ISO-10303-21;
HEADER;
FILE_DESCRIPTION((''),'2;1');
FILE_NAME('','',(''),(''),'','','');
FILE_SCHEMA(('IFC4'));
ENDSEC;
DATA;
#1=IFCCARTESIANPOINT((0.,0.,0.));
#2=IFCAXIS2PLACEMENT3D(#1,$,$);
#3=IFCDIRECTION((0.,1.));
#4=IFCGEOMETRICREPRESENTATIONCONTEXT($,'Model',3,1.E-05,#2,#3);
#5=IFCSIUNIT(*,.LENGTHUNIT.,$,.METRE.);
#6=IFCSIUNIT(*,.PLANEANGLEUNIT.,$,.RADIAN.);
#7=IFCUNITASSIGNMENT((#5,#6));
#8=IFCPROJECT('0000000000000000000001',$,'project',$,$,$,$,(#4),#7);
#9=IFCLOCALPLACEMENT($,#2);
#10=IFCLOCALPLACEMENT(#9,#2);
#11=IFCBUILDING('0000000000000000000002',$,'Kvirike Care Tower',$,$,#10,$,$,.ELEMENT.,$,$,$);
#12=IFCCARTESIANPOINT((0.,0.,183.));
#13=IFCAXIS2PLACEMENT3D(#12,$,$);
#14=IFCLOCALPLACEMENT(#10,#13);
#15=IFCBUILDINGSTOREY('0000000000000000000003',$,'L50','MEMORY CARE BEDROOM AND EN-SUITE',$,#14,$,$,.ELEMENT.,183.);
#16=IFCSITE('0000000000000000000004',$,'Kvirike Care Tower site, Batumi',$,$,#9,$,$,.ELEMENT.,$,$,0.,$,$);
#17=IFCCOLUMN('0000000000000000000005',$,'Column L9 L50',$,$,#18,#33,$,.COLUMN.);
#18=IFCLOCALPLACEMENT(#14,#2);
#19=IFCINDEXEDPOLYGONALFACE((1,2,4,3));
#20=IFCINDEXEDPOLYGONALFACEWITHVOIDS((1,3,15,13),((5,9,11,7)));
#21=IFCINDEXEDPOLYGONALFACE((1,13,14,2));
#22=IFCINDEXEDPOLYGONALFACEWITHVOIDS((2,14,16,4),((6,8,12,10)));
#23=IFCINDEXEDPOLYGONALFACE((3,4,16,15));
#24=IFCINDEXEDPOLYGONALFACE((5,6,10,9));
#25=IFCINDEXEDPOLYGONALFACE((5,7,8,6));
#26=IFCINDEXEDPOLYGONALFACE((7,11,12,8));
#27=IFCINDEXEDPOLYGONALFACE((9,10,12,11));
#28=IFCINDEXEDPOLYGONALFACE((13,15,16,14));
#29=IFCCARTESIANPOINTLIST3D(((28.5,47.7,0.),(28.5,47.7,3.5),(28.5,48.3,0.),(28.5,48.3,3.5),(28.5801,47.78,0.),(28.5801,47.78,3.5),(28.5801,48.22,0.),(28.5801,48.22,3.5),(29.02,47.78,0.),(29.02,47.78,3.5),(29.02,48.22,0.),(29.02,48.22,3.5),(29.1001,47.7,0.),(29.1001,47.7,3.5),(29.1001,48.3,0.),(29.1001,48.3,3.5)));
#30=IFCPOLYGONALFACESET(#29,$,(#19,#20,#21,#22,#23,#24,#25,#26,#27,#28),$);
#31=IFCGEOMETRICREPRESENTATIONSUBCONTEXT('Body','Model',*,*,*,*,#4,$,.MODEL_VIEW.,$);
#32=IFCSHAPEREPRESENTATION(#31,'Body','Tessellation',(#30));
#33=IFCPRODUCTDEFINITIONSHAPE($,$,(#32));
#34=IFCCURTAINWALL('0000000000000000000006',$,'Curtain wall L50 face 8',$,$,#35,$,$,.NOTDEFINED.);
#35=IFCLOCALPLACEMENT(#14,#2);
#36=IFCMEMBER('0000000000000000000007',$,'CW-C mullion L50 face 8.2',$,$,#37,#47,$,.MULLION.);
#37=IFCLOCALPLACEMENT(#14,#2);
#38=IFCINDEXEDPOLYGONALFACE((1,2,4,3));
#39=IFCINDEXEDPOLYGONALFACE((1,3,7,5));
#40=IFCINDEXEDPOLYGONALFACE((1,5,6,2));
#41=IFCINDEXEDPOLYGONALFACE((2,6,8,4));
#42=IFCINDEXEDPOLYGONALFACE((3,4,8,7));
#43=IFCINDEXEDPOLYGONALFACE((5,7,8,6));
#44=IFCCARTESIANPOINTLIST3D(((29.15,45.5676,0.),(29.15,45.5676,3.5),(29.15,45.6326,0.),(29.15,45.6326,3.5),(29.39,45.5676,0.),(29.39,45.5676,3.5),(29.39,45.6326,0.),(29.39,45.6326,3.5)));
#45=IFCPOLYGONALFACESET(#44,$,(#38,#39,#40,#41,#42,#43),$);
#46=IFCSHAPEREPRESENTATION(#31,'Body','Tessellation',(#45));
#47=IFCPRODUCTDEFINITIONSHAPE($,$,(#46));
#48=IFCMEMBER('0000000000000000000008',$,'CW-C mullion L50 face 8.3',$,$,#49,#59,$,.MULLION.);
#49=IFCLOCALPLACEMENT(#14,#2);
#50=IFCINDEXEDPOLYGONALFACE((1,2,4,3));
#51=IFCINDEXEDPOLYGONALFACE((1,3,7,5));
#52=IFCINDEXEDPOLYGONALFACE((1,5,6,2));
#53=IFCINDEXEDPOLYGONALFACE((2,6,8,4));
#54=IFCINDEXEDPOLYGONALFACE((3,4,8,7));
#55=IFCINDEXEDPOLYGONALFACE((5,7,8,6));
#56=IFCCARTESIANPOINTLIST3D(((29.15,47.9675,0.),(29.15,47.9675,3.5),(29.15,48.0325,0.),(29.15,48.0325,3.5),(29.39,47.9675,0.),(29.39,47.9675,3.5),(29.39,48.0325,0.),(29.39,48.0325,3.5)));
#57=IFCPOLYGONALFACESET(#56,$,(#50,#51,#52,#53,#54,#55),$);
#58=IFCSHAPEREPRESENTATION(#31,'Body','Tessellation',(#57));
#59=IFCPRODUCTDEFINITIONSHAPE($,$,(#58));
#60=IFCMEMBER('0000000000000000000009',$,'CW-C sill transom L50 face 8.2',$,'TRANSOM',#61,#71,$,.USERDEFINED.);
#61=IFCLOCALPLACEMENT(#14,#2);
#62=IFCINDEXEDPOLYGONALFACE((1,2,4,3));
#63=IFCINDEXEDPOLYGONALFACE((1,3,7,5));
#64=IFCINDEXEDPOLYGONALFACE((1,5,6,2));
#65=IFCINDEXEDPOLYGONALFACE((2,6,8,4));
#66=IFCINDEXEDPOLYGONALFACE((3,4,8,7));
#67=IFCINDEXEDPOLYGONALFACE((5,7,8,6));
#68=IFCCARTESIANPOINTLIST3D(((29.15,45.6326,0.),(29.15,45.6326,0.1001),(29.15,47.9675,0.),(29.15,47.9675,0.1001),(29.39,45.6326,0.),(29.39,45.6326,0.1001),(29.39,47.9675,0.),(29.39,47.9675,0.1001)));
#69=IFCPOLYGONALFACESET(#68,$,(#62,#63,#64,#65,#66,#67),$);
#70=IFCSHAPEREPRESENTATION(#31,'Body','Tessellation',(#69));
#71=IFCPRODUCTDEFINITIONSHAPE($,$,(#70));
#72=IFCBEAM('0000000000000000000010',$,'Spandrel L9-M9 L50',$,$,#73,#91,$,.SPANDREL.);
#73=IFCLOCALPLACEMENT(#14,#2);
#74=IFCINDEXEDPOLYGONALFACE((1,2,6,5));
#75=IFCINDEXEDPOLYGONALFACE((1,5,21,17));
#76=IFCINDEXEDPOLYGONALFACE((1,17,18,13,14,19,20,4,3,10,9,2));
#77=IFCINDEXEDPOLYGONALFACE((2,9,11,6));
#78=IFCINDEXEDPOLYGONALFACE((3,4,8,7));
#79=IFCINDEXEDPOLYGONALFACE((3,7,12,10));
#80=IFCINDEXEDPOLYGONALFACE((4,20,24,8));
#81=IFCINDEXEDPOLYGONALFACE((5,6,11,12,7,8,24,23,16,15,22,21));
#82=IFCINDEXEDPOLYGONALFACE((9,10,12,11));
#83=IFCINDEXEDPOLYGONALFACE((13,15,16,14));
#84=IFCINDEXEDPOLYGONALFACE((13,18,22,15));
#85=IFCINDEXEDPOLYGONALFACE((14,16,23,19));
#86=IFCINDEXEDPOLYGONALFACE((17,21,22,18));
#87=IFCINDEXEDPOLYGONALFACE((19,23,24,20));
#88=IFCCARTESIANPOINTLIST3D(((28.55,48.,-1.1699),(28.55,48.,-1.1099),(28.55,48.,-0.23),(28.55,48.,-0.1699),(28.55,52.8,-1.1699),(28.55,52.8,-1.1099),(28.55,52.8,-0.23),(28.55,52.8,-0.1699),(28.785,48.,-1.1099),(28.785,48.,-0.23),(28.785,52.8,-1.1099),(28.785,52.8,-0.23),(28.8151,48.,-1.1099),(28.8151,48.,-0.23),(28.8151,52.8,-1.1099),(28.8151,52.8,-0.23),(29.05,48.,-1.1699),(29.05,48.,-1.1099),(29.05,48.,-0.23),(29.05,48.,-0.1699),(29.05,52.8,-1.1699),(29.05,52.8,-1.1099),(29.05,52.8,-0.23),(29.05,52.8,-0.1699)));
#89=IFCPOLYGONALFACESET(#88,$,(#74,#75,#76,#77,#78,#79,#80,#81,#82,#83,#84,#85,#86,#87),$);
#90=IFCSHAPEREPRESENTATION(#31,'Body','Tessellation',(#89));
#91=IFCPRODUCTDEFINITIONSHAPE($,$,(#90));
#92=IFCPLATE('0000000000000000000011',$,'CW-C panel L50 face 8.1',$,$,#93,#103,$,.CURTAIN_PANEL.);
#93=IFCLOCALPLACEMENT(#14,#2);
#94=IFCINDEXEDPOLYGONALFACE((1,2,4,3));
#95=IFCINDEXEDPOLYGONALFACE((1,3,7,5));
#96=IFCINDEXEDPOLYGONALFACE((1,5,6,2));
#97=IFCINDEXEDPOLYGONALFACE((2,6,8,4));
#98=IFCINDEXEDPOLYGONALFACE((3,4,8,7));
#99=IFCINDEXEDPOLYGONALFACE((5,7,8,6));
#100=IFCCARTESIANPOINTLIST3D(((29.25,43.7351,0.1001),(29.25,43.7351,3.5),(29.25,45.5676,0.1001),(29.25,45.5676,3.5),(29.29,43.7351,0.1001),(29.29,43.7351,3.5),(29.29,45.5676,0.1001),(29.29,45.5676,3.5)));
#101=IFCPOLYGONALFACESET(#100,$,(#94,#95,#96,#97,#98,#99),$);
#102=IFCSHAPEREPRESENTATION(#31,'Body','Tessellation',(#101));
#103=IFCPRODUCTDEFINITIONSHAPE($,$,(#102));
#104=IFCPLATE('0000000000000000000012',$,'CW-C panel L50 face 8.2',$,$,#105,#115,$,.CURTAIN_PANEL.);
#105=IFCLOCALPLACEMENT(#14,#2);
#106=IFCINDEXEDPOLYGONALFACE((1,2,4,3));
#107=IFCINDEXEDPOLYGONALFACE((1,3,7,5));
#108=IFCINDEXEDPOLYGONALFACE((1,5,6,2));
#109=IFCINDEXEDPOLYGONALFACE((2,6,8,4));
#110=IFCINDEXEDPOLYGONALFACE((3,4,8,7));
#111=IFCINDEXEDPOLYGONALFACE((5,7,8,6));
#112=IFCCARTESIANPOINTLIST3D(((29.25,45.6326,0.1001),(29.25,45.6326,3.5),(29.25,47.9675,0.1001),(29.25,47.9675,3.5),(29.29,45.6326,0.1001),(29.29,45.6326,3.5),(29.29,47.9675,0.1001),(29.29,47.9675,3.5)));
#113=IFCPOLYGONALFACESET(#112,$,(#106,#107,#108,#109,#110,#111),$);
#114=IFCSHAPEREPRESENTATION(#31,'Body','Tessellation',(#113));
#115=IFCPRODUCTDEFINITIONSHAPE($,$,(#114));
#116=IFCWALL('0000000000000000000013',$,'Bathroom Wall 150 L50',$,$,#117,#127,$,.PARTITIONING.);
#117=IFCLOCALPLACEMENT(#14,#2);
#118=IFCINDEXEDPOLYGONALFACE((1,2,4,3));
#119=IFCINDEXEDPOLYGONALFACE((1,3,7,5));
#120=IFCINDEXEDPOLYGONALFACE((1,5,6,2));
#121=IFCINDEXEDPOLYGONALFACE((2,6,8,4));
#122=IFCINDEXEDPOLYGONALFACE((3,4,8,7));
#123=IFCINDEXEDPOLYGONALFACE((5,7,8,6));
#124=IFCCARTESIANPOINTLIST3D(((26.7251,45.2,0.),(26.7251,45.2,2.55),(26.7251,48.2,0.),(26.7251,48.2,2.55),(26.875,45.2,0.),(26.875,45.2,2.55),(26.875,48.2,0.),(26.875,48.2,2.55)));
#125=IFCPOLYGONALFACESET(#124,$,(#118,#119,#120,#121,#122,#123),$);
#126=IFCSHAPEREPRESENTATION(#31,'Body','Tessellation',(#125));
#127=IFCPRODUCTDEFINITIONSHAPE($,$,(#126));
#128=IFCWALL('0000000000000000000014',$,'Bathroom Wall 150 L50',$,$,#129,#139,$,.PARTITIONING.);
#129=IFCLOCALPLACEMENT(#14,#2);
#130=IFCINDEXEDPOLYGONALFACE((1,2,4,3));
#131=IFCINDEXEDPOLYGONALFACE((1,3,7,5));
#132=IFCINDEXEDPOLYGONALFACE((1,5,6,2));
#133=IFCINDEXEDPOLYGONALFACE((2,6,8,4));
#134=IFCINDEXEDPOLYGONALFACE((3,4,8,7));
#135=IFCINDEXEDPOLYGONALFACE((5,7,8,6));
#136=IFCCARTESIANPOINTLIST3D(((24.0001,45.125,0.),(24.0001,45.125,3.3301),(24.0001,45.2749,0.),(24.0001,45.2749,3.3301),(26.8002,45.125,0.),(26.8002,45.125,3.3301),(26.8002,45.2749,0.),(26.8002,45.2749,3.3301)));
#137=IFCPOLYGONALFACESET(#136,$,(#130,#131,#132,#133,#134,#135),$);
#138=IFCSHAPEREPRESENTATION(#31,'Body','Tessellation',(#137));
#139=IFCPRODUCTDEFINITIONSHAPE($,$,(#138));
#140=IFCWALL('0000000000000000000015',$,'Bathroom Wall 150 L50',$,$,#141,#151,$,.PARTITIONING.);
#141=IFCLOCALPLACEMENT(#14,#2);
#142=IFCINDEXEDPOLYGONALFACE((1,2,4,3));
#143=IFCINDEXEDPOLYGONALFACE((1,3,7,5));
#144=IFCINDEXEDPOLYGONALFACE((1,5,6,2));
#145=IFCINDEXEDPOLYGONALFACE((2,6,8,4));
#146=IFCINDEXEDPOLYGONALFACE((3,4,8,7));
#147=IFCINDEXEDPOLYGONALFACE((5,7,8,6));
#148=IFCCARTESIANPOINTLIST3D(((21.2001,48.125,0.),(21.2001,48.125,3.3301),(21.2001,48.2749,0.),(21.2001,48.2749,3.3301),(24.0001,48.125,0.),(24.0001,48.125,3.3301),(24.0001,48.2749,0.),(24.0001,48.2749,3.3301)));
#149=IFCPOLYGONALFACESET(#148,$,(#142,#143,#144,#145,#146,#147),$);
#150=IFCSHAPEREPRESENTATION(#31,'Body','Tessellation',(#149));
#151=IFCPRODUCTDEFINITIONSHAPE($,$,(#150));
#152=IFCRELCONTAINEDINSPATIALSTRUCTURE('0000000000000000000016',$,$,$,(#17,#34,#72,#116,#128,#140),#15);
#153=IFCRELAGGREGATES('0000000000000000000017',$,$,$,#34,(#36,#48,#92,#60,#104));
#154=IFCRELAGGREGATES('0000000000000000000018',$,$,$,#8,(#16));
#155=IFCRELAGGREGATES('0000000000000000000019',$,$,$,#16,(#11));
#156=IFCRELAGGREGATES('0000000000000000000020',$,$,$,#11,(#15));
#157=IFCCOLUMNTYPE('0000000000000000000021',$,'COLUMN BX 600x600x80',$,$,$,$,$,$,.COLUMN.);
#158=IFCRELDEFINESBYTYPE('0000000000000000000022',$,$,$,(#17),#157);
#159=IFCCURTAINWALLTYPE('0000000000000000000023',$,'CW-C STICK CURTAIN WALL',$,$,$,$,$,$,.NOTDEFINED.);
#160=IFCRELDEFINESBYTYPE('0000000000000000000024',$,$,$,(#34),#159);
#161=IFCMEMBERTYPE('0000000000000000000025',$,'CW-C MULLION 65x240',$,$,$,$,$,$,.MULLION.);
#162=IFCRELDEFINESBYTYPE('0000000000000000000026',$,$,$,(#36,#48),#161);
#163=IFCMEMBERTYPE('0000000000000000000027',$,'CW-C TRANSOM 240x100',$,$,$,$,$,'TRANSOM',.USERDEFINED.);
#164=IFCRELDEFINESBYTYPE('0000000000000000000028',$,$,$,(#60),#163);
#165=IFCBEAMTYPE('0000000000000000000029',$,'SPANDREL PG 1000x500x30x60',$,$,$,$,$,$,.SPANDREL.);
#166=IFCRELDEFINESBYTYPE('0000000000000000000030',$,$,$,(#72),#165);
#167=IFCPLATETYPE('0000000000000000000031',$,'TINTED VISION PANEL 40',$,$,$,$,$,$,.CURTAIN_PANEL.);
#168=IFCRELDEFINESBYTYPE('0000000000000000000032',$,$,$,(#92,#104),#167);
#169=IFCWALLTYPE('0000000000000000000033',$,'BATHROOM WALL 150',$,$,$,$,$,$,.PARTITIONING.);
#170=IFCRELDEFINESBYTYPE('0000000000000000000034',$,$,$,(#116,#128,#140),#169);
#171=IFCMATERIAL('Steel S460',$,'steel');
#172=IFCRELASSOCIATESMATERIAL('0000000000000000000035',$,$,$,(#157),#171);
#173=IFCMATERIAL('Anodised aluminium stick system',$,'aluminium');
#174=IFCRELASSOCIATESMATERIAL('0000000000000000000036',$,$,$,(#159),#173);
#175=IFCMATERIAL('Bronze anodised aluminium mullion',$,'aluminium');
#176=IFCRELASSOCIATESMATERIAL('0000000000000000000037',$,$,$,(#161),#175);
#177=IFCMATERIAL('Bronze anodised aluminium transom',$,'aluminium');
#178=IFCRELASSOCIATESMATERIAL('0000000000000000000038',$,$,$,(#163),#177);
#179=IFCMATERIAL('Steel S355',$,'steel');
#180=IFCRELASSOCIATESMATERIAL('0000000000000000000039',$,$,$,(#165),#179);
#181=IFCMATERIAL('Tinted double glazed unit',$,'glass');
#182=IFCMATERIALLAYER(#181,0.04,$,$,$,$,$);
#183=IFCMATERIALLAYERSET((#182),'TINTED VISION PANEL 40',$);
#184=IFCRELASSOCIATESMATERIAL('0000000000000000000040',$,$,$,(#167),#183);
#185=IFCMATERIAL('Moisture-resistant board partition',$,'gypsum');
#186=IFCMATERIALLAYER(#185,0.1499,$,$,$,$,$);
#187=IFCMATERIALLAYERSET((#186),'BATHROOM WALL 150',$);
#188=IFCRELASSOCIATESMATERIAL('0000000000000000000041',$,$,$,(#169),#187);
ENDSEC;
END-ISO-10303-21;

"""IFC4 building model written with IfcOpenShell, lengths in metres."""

from ifc_helpers import new_model, si_unit, direction, frame, frame_2d, origin, origin_2d, place, context, subcontext, project, spatial, rectangle, hollow_rectangle, i_section, extrude, material, layer, layer_set, material_profile, profile_set, type_object, element, aggregate, save


model = new_model("IFC4")

# Units and contexts
model_context = context("Model", 3, precision=1e-05, world=origin(), true_north=direction((0.0, 1.0)))
body_context = subcontext(model_context, "Body", "Model", "MODEL_VIEW")
ifc_project = project(units=[si_unit("LENGTHUNIT", "METRE"), si_unit("PLANEANGLEUNIT", "RADIAN")], contexts=[model_context])

# Site, building, storey
site_placement = place(None, origin())
site = spatial("IfcSite", under=ifc_project, at=site_placement, Name="Kvirike Care Tower site, Batumi", CompositionType="ELEMENT", RefElevation=0.0)
building_placement = place(site_placement, origin())
building = spatial("IfcBuilding", under=site, at=building_placement, Name="Kvirike Care Tower", CompositionType="ELEMENT")
storey_placement = place(building_placement, frame((0.0, 0.0, 183.0)))
storey = spatial("IfcBuildingStorey", under=building, at=storey_placement, Name="L50", Description="MEMORY CARE BEDROOM AND EN-SUITE", CompositionType="ELEMENT", Elevation=183.0)

# Column
ifc_material_1 = material(Name="Steel S460", Category="steel")
ifc_material_profile_1 = material_profile(ifc_material_1, hollow_rectangle(XDim=0.6001, YDim=0.6001, WallThickness=0.0801, at=origin_2d()), Name="BX 600x600x80")
ifc_profile_set_1 = profile_set([ifc_material_profile_1], Name="Steel S460")
column_type = type_object("IfcColumnType", Name="COLUMN BX 600x600x80", PredefinedType="COLUMN", material=ifc_profile_set_1)
column_placement = place(storey_placement, frame((28.8, 48.0, 0.0), z_axis=(0.0, 0.0, 1.0), x_axis=(1.0, 0.0, 0.0)))
element("IfcColumn", 1, at=column_placement, inside=storey, type_object=column_type, Name="Column L9 L50", PredefinedType="COLUMN", context=body_context, shape_type="SweptSolid", body=[
    extrude(hollow_rectangle(XDim=0.6001, YDim=0.6001, WallThickness=0.0801, at=origin_2d()), origin(), (0.0, 0.0, 1.0), 3.5),
])

# Curtain wall, members
ifc_material_2 = material(Name="Anodised aluminium stick system", Category="aluminium")
curtain_wall_type = type_object("IfcCurtainWallType", Name="CW-C STICK CURTAIN WALL", PredefinedType="NOTDEFINED", material=ifc_material_2)
curtain_wall_placement = place(storey_placement, origin())
curtain_wall = element("IfcCurtainWall", 2, at=curtain_wall_placement, inside=storey, type_object=curtain_wall_type, Name="Curtain wall L50 face 8", PredefinedType="NOTDEFINED")
ifc_material_3 = material(Name="Bronze anodised aluminium mullion", Category="aluminium")
ifc_material_profile_2 = material_profile(ifc_material_3, rectangle(XDim=0.0649, YDim=0.24, at=origin_2d()), Name="CW-C MULLION 65x240")
ifc_profile_set_2 = profile_set([ifc_material_profile_2], Name="Bronze anodised aluminium mullion")
member_type_1 = type_object("IfcMemberType", Name="CW-C MULLION 65x240", PredefinedType="MULLION", material=ifc_profile_set_2)
member_1_placement = place(storey_placement, frame((29.27, 45.6001, 0.0), z_axis=(0.0, 0.0, 1.0), x_axis=(0.0, 1.0, 0.0)))
member_1 = element("IfcMember", 3, at=member_1_placement, type_object=member_type_1, Name="CW-C mullion L50 face 8.2", PredefinedType="MULLION", context=body_context, shape_type="SweptSolid", body=[
    extrude(rectangle(XDim=0.0649, YDim=0.24, at=origin_2d()), origin(), (0.0, 0.0, 1.0), 3.5),
])
member_2_placement = place(storey_placement, frame((29.27, 48.0, 0.0), z_axis=(0.0, 0.0, 1.0), x_axis=(0.0, 1.0, 0.0)))
member_2 = element("IfcMember", 4, at=member_2_placement, type_object=member_type_1, Name="CW-C mullion L50 face 8.3", PredefinedType="MULLION", context=body_context, shape_type="SweptSolid", body=[
    extrude(rectangle(XDim=0.0649, YDim=0.24, at=origin_2d()), origin(), (0.0, 0.0, 1.0), 3.5),
])
ifc_material_4 = material(Name="Bronze anodised aluminium transom", Category="aluminium")
ifc_material_profile_3 = material_profile(ifc_material_4, rectangle(XDim=0.24, YDim=0.1001, at=origin_2d()), Name="CW-C TRANSOM 240x100")
ifc_profile_set_3 = profile_set([ifc_material_profile_3], Name="Bronze anodised aluminium transom")
member_type_2 = type_object("IfcMemberType", Name="CW-C TRANSOM 240x100", ElementType="TRANSOM", PredefinedType="USERDEFINED", material=ifc_profile_set_3)
member_3_placement = place(storey_placement, frame((29.27, 45.6326, 0.05), z_axis=(0.0, 1.0, 0.0), x_axis=(-1.0, 0.0, 0.0)))
member_3 = element("IfcMember", 5, at=member_3_placement, type_object=member_type_2, Name="CW-C sill transom L50 face 8.2", ObjectType="TRANSOM", PredefinedType="USERDEFINED", context=body_context, shape_type="SweptSolid", body=[
    extrude(rectangle(XDim=0.24, YDim=0.1001, at=origin_2d()), origin(), (0.0, 0.0, 1.0), 2.335),
])

# Beam
ifc_material_5 = material(Name="Steel S355", Category="steel")
ifc_material_profile_4 = material_profile(ifc_material_5, i_section(OverallWidth=0.5, OverallDepth=1.0, WebThickness=0.03, FlangeThickness=0.0601, at=origin_2d()), Name="PG 1000x500x30x60")
ifc_profile_set_4 = profile_set([ifc_material_profile_4], Name="Steel S355")
beam_type = type_object("IfcBeamType", Name="SPANDREL PG 1000x500x30x60", PredefinedType="SPANDREL", material=ifc_profile_set_4)
beam_placement = place(storey_placement, frame((28.8, 48.0, -0.6699), z_axis=(0.0, 1.0, 0.0), x_axis=(-1.0, 0.0, 0.0)))
element("IfcBeam", 6, at=beam_placement, inside=storey, type_object=beam_type, Name="Spandrel L9-M9 L50", PredefinedType="SPANDREL", context=body_context, shape_type="SweptSolid", body=[
    extrude(i_section(OverallWidth=0.5, OverallDepth=1.0, WebThickness=0.03, FlangeThickness=0.0601, at=origin_2d()), origin(), (0.0, 0.0, 1.0), 4.8),
])

# Plates
ifc_material_6 = material(Name="Tinted double glazed unit", Category="glass")
ifc_layer_1 = layer(ifc_material_6, 0.04)
ifc_layer_set_1 = layer_set([ifc_layer_1], Name="TINTED VISION PANEL 40")
plate_type = type_object("IfcPlateType", Name="TINTED VISION PANEL 40", PredefinedType="CURTAIN_PANEL", material=ifc_layer_set_1)
plate_1_placement = place(storey_placement, frame((29.27, 44.6514, 0.1001), z_axis=(0.0, 0.0, 1.0), x_axis=(0.0, 1.0, 0.0)))
plate_1 = element("IfcPlate", 7, at=plate_1_placement, type_object=plate_type, Name="CW-C panel L50 face 8.1", PredefinedType="CURTAIN_PANEL", context=body_context, shape_type="SweptSolid", body=[
    extrude(rectangle(XDim=1.8325, YDim=0.04, at=origin_2d()), origin(), (0.0, 0.0, 1.0), 3.3999),
])
plate_2_placement = place(storey_placement, frame((29.27, 46.8, 0.1001), z_axis=(0.0, 0.0, 1.0), x_axis=(0.0, 1.0, 0.0)))
plate_2 = element("IfcPlate", 8, at=plate_2_placement, type_object=plate_type, Name="CW-C panel L50 face 8.2", PredefinedType="CURTAIN_PANEL", context=body_context, shape_type="SweptSolid", body=[
    extrude(rectangle(XDim=2.335, YDim=0.04, at=origin_2d()), origin(), (0.0, 0.0, 1.0), 3.3999),
])
aggregate(curtain_wall, [member_1, member_2, plate_1, member_3, plate_2])

# Walls
ifc_material_7 = material(Name="Moisture-resistant board partition", Category="gypsum")
ifc_layer_2 = layer(ifc_material_7, 0.1499)
ifc_layer_set_2 = layer_set([ifc_layer_2], Name="BATHROOM WALL 150")
wall_type_1 = type_object("IfcWallType", Name="BATHROOM WALL 150", PredefinedType="PARTITIONING", material=ifc_layer_set_2)
wall_1_placement = place(storey_placement, frame((26.8, 48.2, 0.0), z_axis=(0.0, 0.0, 1.0), x_axis=(0.0, -1.0, 0.0)))
element("IfcWall", 9, at=wall_1_placement, inside=storey, type_object=wall_type_1, Name="Bathroom Wall 150 L50", PredefinedType="PARTITIONING", context=body_context, shape_type="SweptSolid", body=[
    extrude(rectangle(XDim=3.0, YDim=0.1499, at=frame_2d((1.5, 0.0))), origin(), (0.0, 0.0, 1.0), 2.55),
])
for number, where, z_axis, x_axis, name in (
    (10, (26.8, 45.2, 0.0), (0.0, 0.0, 1.0), (-1.0, 0.0, 0.0), "Bathroom Wall 150 L50"),
    (11, (24.0, 48.2, 0.0), (0.0, 0.0, 1.0), (-1.0, 0.0, 0.0), "Bathroom Wall 150 L50"),
):
    element("IfcWall", number, at=place(storey_placement, frame(where, z_axis=z_axis, x_axis=x_axis)), inside=storey, type_object=wall_type_1, Name=name, PredefinedType="PARTITIONING", context=body_context, shape_type="SweptSolid", body=[
        extrude(rectangle(XDim=2.8, YDim=0.1499, at=frame_2d((1.3999, 0.0))), origin(), (0.0, 0.0, 1.0), 3.3301),
    ])

save(model, "model.ifc")
